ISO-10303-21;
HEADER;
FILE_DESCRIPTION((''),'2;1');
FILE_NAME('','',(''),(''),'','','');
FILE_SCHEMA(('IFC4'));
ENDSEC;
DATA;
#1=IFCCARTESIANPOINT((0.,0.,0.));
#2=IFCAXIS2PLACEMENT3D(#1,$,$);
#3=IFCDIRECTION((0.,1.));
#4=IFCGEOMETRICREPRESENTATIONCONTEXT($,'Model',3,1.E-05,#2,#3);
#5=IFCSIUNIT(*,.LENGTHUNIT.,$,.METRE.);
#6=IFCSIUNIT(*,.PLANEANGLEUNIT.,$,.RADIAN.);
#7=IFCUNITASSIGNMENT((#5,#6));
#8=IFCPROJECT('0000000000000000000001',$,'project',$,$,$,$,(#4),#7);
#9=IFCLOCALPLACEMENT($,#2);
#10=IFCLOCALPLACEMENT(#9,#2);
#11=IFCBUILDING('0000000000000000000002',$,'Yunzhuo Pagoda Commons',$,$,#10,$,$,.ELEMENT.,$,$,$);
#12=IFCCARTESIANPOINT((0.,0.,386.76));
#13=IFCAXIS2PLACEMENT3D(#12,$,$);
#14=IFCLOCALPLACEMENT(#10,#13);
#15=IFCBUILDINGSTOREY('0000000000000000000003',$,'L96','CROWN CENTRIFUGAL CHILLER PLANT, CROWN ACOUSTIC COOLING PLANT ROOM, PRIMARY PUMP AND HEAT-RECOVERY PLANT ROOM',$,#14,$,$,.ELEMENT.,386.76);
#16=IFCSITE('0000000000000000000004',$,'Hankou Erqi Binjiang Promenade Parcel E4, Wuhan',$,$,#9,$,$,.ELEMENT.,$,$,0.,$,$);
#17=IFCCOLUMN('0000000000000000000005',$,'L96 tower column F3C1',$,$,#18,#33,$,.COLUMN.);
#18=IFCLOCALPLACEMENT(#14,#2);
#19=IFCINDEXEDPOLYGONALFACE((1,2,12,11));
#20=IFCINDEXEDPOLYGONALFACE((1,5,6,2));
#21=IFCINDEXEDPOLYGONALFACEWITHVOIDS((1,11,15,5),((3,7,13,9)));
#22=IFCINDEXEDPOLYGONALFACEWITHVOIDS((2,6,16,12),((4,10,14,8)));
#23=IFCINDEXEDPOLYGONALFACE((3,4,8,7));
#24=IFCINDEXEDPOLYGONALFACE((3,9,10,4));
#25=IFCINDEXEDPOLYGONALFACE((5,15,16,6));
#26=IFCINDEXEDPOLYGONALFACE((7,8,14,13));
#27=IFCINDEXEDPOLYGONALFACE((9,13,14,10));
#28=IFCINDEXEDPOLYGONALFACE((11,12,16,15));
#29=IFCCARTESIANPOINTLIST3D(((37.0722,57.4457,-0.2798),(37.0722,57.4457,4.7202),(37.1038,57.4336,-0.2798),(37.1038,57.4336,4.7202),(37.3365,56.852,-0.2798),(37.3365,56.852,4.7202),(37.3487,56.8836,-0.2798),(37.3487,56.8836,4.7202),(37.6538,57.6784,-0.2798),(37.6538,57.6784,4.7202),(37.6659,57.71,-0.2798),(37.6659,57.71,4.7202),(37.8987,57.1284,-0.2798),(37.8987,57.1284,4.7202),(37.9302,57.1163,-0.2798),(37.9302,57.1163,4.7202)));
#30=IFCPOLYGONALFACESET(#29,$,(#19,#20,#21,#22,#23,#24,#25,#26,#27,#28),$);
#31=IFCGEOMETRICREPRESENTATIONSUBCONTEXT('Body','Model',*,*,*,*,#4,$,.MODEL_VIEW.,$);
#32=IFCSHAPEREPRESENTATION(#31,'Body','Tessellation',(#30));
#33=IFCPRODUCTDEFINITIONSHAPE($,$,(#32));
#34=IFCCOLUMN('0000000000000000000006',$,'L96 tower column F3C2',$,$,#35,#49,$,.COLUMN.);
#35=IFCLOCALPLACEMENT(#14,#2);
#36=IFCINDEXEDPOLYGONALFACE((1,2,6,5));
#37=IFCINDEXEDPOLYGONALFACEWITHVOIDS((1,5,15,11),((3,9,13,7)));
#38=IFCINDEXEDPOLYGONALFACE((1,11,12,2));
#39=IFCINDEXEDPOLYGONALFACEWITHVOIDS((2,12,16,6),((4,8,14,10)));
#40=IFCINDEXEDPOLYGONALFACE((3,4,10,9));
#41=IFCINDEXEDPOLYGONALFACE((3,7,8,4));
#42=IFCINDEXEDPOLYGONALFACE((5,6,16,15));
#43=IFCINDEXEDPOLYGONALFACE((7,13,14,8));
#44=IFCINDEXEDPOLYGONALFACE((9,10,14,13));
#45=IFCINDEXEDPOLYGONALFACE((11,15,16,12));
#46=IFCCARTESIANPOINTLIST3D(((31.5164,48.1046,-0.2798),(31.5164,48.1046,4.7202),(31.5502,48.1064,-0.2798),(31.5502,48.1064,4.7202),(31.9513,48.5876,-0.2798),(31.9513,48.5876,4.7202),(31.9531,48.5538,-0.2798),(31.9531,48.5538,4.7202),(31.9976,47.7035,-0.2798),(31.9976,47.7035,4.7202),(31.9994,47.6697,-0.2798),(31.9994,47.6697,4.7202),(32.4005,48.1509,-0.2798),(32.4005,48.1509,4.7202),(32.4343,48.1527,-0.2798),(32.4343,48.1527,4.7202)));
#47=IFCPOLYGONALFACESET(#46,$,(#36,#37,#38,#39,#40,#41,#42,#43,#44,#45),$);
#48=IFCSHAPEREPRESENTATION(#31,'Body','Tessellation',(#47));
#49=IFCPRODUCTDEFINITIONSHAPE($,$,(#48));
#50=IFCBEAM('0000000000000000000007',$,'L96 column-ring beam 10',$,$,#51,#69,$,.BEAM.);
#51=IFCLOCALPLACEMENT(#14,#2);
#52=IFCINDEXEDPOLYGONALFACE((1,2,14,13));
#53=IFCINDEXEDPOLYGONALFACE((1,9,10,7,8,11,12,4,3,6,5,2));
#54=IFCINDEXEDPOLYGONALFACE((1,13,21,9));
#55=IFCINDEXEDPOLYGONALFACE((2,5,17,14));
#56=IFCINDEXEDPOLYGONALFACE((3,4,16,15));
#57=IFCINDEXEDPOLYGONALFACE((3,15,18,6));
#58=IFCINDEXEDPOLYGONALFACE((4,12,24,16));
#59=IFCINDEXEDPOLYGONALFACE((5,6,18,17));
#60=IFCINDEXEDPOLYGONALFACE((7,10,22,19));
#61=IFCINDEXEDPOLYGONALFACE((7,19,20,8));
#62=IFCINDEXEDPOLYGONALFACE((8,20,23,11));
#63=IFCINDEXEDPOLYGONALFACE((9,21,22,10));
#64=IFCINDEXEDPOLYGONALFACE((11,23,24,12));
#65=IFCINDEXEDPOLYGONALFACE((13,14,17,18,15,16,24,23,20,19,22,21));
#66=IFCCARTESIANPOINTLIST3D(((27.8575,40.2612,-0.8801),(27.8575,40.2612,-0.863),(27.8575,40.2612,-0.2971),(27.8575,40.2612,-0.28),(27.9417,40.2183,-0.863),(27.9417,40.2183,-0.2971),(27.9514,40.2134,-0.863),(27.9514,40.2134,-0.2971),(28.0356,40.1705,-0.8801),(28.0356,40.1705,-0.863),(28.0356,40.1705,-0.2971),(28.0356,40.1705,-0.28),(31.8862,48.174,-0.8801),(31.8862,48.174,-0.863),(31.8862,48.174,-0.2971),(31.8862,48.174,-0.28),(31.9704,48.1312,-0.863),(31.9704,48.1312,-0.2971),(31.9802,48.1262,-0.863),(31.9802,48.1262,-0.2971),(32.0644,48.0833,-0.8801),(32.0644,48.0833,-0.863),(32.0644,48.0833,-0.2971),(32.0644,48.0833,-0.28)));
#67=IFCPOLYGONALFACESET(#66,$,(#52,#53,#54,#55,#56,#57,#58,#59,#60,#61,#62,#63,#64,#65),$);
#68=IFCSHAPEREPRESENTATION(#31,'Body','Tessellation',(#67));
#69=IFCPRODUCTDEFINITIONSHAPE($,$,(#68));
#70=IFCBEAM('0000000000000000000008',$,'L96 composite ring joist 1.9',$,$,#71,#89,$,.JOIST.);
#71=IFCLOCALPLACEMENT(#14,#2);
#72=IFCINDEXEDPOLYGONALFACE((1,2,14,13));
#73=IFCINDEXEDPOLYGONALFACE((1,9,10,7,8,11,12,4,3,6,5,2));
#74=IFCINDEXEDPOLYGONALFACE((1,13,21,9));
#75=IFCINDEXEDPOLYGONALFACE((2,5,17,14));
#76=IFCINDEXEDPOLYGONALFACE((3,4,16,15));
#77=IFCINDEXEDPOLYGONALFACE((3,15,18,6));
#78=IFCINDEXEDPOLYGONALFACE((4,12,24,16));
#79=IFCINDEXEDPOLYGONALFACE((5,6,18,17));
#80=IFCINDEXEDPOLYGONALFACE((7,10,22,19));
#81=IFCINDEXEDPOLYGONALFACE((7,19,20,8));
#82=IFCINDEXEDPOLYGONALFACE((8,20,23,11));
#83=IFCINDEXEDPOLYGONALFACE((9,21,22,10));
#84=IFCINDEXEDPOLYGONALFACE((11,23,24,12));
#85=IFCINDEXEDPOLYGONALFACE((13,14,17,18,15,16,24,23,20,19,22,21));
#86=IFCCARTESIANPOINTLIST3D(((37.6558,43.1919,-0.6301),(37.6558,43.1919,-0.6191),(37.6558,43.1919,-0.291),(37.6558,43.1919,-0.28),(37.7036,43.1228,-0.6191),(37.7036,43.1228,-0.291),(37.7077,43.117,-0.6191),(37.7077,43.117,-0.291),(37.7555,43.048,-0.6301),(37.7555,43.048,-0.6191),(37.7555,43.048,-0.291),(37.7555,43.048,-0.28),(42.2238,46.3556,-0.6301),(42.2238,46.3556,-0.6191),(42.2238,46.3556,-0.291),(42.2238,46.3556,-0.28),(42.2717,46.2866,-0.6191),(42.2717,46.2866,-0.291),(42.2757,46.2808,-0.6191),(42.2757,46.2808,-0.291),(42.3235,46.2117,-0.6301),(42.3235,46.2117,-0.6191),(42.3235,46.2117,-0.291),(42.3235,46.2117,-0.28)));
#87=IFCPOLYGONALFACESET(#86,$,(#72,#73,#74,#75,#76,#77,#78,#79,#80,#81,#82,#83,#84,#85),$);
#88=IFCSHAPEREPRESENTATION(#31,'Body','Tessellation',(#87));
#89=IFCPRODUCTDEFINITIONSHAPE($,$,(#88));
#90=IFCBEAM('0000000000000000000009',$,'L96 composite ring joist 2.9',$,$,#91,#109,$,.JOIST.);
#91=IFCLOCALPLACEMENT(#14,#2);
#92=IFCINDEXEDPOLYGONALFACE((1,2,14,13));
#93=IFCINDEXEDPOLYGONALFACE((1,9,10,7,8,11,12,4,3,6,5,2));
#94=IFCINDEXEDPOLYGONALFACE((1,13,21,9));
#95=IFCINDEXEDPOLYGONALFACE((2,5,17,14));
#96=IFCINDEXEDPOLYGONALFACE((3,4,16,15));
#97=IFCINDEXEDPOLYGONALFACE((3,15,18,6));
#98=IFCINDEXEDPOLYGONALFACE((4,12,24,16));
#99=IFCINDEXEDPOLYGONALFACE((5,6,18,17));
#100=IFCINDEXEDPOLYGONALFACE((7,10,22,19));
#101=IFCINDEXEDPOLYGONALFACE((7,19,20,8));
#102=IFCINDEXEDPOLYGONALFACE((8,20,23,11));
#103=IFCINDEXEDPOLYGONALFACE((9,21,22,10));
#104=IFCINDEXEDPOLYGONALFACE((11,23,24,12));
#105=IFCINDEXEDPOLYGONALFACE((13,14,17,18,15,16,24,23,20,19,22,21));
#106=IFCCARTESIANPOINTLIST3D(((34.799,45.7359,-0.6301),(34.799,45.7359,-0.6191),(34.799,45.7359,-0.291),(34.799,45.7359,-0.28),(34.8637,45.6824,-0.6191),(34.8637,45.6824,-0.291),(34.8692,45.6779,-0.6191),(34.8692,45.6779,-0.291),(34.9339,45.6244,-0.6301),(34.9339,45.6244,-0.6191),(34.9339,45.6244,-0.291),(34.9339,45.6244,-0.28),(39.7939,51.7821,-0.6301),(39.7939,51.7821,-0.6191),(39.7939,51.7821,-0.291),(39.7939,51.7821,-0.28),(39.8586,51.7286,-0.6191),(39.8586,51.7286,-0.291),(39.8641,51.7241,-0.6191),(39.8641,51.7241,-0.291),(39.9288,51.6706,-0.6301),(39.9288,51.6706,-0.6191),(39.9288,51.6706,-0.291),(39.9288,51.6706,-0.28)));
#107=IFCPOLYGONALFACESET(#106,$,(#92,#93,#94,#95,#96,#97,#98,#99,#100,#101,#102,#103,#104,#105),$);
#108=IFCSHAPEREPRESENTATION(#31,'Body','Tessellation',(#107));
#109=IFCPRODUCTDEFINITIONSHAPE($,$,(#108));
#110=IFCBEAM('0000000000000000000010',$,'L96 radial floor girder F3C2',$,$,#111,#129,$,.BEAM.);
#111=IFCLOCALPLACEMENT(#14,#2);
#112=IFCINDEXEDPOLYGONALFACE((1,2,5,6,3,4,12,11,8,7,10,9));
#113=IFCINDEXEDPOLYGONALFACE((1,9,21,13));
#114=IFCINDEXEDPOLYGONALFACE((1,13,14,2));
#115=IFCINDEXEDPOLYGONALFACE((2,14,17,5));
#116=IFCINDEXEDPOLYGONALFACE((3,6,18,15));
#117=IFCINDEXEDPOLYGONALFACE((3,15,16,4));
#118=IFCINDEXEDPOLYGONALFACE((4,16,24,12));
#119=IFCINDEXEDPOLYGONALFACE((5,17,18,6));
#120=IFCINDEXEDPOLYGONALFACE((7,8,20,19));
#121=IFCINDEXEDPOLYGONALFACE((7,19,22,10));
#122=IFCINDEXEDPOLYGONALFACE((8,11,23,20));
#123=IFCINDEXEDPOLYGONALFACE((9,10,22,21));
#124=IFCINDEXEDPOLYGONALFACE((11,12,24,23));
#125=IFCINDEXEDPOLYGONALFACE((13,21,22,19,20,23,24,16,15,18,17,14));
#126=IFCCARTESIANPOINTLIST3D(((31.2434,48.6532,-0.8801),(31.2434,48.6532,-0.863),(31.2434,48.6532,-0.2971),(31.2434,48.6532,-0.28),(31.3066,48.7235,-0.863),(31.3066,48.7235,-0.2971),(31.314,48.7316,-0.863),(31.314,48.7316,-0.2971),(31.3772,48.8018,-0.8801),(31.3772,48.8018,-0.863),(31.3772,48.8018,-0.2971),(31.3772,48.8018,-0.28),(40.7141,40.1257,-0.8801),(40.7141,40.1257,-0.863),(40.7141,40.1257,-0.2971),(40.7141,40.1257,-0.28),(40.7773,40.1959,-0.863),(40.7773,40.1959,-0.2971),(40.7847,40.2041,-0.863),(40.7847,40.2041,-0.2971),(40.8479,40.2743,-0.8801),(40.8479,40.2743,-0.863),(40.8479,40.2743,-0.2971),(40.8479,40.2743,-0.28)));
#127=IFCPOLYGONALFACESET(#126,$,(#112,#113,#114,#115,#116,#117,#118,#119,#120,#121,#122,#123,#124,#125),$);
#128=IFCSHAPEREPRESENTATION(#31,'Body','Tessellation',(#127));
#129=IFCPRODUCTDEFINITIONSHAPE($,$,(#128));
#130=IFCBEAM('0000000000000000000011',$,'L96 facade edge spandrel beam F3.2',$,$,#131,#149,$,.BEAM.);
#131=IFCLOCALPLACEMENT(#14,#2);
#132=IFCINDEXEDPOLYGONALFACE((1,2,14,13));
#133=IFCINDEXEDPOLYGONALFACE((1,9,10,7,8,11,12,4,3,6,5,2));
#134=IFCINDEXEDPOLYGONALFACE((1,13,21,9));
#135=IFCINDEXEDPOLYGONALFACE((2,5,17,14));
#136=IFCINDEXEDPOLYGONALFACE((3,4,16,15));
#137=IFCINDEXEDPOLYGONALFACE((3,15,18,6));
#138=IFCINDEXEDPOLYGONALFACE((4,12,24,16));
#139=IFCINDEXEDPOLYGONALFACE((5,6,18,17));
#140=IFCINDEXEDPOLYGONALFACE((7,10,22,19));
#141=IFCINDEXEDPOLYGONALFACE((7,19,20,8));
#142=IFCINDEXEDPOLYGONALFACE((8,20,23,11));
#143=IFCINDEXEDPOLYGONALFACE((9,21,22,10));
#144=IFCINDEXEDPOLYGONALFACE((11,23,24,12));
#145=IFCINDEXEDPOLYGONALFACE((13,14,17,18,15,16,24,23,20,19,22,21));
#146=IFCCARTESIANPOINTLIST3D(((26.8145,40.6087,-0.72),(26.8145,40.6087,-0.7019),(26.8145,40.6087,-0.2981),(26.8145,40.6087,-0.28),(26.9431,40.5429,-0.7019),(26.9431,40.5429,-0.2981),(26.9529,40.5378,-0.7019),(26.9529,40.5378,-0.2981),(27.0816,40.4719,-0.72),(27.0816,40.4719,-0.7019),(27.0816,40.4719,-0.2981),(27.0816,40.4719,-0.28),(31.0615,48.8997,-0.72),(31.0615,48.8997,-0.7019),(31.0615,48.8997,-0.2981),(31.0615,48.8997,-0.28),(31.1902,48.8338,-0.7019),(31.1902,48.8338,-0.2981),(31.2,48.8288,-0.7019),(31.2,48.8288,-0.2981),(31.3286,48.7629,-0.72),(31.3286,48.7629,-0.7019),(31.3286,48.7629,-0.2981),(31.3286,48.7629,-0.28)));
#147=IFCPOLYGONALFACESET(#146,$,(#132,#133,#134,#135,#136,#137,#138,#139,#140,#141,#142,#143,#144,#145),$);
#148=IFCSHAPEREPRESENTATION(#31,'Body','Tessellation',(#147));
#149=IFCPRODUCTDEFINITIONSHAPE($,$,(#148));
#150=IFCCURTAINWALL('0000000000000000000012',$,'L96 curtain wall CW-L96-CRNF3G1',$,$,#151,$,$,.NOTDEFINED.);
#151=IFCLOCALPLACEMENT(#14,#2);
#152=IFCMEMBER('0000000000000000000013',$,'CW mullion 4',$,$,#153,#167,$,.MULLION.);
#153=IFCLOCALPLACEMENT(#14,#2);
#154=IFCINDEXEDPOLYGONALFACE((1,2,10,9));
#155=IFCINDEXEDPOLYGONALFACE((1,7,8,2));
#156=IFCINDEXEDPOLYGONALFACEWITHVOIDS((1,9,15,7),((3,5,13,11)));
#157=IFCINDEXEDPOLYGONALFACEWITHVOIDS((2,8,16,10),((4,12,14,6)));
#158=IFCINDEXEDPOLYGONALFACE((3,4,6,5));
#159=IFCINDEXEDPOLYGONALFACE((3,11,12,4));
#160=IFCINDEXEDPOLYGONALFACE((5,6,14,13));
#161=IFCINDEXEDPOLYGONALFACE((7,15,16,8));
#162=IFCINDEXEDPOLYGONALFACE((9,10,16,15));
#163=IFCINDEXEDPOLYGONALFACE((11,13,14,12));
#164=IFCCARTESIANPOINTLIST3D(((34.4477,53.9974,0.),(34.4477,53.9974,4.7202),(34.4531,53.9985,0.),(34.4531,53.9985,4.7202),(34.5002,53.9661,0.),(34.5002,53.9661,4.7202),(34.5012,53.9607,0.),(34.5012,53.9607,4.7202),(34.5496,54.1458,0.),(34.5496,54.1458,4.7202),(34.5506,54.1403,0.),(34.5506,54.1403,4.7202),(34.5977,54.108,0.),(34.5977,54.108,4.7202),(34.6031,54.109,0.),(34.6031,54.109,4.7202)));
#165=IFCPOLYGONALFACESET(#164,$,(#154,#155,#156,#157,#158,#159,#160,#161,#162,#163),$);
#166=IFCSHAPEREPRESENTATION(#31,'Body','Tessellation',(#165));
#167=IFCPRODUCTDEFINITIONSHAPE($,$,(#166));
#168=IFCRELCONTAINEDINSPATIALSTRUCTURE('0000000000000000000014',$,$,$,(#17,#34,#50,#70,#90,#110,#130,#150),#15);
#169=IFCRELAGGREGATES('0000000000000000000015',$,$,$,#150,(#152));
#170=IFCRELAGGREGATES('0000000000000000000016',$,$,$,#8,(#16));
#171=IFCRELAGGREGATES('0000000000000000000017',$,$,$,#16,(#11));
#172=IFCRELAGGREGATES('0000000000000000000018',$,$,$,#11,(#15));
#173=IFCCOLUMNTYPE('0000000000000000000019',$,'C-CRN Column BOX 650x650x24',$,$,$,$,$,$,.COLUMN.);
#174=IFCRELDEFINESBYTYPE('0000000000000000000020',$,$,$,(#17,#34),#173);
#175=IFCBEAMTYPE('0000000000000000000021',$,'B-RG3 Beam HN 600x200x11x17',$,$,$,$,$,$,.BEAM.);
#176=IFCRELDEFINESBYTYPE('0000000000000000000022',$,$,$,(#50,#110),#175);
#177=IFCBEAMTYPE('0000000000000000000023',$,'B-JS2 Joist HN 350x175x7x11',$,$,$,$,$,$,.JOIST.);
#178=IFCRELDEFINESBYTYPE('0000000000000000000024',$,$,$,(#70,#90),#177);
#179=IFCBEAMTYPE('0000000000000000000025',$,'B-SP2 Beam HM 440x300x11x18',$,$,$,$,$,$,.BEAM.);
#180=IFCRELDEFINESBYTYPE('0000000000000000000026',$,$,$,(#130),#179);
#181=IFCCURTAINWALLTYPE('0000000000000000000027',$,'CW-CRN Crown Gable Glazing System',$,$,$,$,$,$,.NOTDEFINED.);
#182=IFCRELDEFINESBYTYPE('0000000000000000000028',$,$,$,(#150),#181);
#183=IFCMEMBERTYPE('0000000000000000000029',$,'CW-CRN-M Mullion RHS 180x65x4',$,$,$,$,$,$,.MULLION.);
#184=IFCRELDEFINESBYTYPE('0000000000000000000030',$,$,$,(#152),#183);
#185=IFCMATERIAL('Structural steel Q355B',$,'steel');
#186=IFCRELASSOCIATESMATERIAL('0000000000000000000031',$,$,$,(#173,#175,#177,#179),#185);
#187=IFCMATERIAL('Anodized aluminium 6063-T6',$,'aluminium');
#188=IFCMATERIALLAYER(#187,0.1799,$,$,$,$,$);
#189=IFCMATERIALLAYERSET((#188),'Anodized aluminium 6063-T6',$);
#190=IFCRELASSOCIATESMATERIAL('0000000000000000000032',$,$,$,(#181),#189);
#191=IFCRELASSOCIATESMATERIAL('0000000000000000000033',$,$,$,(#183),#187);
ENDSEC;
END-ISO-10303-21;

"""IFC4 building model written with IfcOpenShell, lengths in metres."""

from ifc_helpers import new_model, si_unit, direction, frame, origin, origin_2d, place, context, subcontext, project, spatial, hollow_rectangle, i_section, extrude, source, transform, mapped, material, layer, layer_set, material_profile, profile_set, type_object, element, aggregate, save


model = new_model("IFC4")

# Units and contexts
model_context = context("Model", 3, precision=1e-05, world=origin(), true_north=direction((0.0, 1.0)))
body_context = subcontext(model_context, "Body", "Model", "MODEL_VIEW")
ifc_project = project(units=[si_unit("LENGTHUNIT", "METRE"), si_unit("PLANEANGLEUNIT", "RADIAN")], contexts=[model_context])

# Site, building, storey
site_placement = place(None, origin())
site = spatial("IfcSite", under=ifc_project, at=site_placement, Name="Hankou Erqi Binjiang Promenade Parcel E4, Wuhan", CompositionType="ELEMENT", RefElevation=0.0)
building_placement = place(site_placement, origin())
building = spatial("IfcBuilding", under=site, at=building_placement, Name="Yunzhuo Pagoda Commons", CompositionType="ELEMENT")
storey_placement = place(building_placement, frame((0.0, 0.0, 386.76)))
storey = spatial("IfcBuildingStorey", under=building, at=storey_placement, Name="L96", Description="CROWN CENTRIFUGAL CHILLER PLANT, CROWN ACOUSTIC COOLING PLANT ROOM, PRIMARY PUMP AND HEAT-RECOVERY PLANT ROOM", CompositionType="ELEMENT", Elevation=386.76)

# Columns
ifc_material_1 = material(Name="Structural steel Q355B", Category="steel")
ifc_material_profile_1 = material_profile(ifc_material_1, hollow_rectangle(XDim=0.6499, YDim=0.6499, WallThickness=0.0239, at=origin_2d()), Name="Structural steel Q355B")
ifc_profile_set_1 = profile_set([ifc_material_profile_1], Name="Structural steel Q355B")
column_type = type_object("IfcColumnType", Name="C-CRN Column BOX 650x650x24", PredefinedType="COLUMN", material=ifc_profile_set_1)
shared_shape_1 = source(origin(), body_context, "Body", "SweptSolid", [
    extrude(hollow_rectangle(XDim=0.6499, YDim=0.6499, WallThickness=0.0239, at=origin_2d()), origin(), (0.0, 0.0, 1.0), 5.0),
])
for number, where, z_axis, x_axis, name in (
    (1, (37.5012, 57.281, -0.2798), (0.0, 0.0, 1.0), (-0.913545, -0.406737, 0.0), "L96 tower column F3C1"),
    (2, (31.9753, 48.1287, -0.2798), (0.0, 0.0, 1.0), (-0.669131, -0.743145, 0.0), "L96 tower column F3C2"),
):
    element("IfcColumn", number, at=place(storey_placement, frame(where, z_axis=z_axis, x_axis=x_axis)), inside=storey, type_object=column_type, Name=name, PredefinedType="COLUMN", context=body_context, shape_type="MappedRepresentation", body=[
        mapped(shared_shape_1, transform((0.0, 0.0, 0.0), scale=1.0)),
    ])

# Beams
ifc_material_profile_2 = material_profile(ifc_material_1, i_section(OverallWidth=0.2, OverallDepth=0.6001, WebThickness=0.011, FlangeThickness=0.0171, at=origin_2d()), Name="Structural steel Q355B")
ifc_profile_set_2 = profile_set([ifc_material_profile_2], Name="Structural steel Q355B")
beam_type_1 = type_object("IfcBeamType", Name="B-RG3 Beam HN 600x200x11x17", PredefinedType="BEAM", material=ifc_profile_set_2)
shared_shape_2 = source(origin(), body_context, "Body", "SweptSolid", [
    extrude(i_section(OverallWidth=0.2, OverallDepth=0.6001, WebThickness=0.011, FlangeThickness=0.0171, at=origin_2d()), origin(), (0.0, 0.0, 1.0), 8.8794),
])
beam_1_placement = place(storey_placement, frame((31.9753, 48.1287, -0.5801), z_axis=(-0.453724, -0.891142, 0.0), x_axis=(0.891142, -0.453724, 0.0)))
element("IfcBeam", 3, at=beam_1_placement, inside=storey, type_object=beam_type_1, Name="L96 column-ring beam 10", PredefinedType="BEAM", context=body_context, shape_type="MappedRepresentation", body=[
    mapped(shared_shape_2, transform((0.0, 0.0, 0.0), scale=1.0)),
])
ifc_material_profile_3 = material_profile(ifc_material_1, i_section(OverallWidth=0.175, OverallDepth=0.3501, WebThickness=0.0071, FlangeThickness=0.011, at=origin_2d()), Name="Structural steel Q355B")
ifc_profile_set_3 = profile_set([ifc_material_profile_3], Name="Structural steel Q355B")
beam_type_2 = type_object("IfcBeamType", Name="B-JS2 Joist HN 350x175x7x11", PredefinedType="JOIST", material=ifc_profile_set_3)
shared_shape_3 = source(origin(), body_context, "Body", "SweptSolid", [
    extrude(i_section(OverallWidth=0.175, OverallDepth=0.3501, WebThickness=0.0071, FlangeThickness=0.011, at=origin_2d()), origin(), (0.0, 0.0, 1.0), 5.5566),
])
beam_2_placement = place(storey_placement, frame((42.2737, 46.2837, -0.4551), z_axis=(-0.822085, -0.569365, 0.0), x_axis=(0.569365, -0.822085, 0.0)))
element("IfcBeam", 4, at=beam_2_placement, inside=storey, type_object=beam_type_2, Name="L96 composite ring joist 1.9", PredefinedType="JOIST", context=body_context, shape_type="MappedRepresentation", body=[
    mapped(shared_shape_3, transform((0.0, 0.0, 0.0), scale=1.0)),
])
shared_shape_4 = source(origin(), body_context, "Body", "SweptSolid", [
    extrude(i_section(OverallWidth=0.175, OverallDepth=0.3501, WebThickness=0.0071, FlangeThickness=0.011, at=origin_2d()), origin(), (0.0, 0.0, 1.0), 7.8425),
])
beam_3_placement = place(storey_placement, frame((39.8613, 51.7263, -0.4551), z_axis=(-0.636899, -0.770947, 0.0), x_axis=(0.770947, -0.636899, 0.0)))
element("IfcBeam", 5, at=beam_3_placement, inside=storey, type_object=beam_type_2, Name="L96 composite ring joist 2.9", PredefinedType="JOIST", context=body_context, shape_type="MappedRepresentation", body=[
    mapped(shared_shape_4, transform((0.0, 0.0, 0.0), scale=1.0)),
])
shared_shape_5 = source(origin(), body_context, "Body", "SweptSolid", [
    extrude(i_section(OverallWidth=0.2, OverallDepth=0.6001, WebThickness=0.011, FlangeThickness=0.0171, at=origin_2d()), origin(), (0.0, 0.0, 1.0), 12.7441),
])
beam_4_placement = place(storey_placement, frame((31.3103, 48.7275, -0.5801), z_axis=(0.74314, -0.669136, 0.0), x_axis=(0.669136, 0.74314, 0.0)))
element("IfcBeam", 6, at=beam_4_placement, inside=storey, type_object=beam_type_1, Name="L96 radial floor girder F3C2", PredefinedType="BEAM", context=body_context, shape_type="MappedRepresentation", body=[
    mapped(shared_shape_5, transform((0.0, 0.0, 0.0), scale=1.0)),
])
ifc_material_profile_4 = material_profile(ifc_material_1, i_section(OverallWidth=0.3, OverallDepth=0.4399, WebThickness=0.011, FlangeThickness=0.0181, at=origin_2d()), Name="Structural steel Q355B")
ifc_profile_set_4 = profile_set([ifc_material_profile_4], Name="Structural steel Q355B")
beam_type_3 = type_object("IfcBeamType", Name="B-SP2 Beam HM 440x300x11x18", PredefinedType="BEAM", material=ifc_profile_set_4)
shared_shape_6 = source(origin(), body_context, "Body", "SweptSolid", [
    extrude(i_section(OverallWidth=0.3, OverallDepth=0.4399, WebThickness=0.011, FlangeThickness=0.0181, at=origin_2d()), origin(), (0.0, 0.0, 1.0), 9.3154),
])
beam_5_placement = place(storey_placement, frame((31.1951, 48.8313, -0.5), z_axis=(-0.455914, -0.890024, 0.0), x_axis=(0.890024, -0.455914, 0.0)))
element("IfcBeam", 7, at=beam_5_placement, inside=storey, type_object=beam_type_3, Name="L96 facade edge spandrel beam F3.2", PredefinedType="BEAM", context=body_context, shape_type="MappedRepresentation", body=[
    mapped(shared_shape_6, transform((0.0, 0.0, 0.0), scale=1.0)),
])

# Curtain wall, member
ifc_material_2 = material(Name="Anodized aluminium 6063-T6", Category="aluminium")
ifc_layer_1 = layer(ifc_material_2, 0.1799)
ifc_layer_set_1 = layer_set([ifc_layer_1], Name="Anodized aluminium 6063-T6")
curtain_wall_type = type_object("IfcCurtainWallType", Name="CW-CRN Crown Gable Glazing System", PredefinedType="NOTDEFINED", material=ifc_layer_set_1)
curtain_wall_1_placement = place(storey_placement, origin())
curtain_wall_1 = element("IfcCurtainWall", 8, at=curtain_wall_1_placement, inside=storey, type_object=curtain_wall_type, Name="L96 curtain wall CW-L96-CRNF3G1", PredefinedType="NOTDEFINED")
ifc_material_profile_5 = material_profile(ifc_material_2, hollow_rectangle(XDim=0.0649, YDim=0.1799, WallThickness=0.0039, at=origin_2d()), Name="Anodized aluminium 6063-T6")
ifc_profile_set_5 = profile_set([ifc_material_profile_5], Name="Anodized aluminium 6063-T6")
member_type_1 = type_object("IfcMemberType", Name="CW-CRN-M Mullion RHS 180x65x4", PredefinedType="MULLION", material=ifc_profile_set_5)
shared_shape_7 = source(origin(), body_context, "Body", "SweptSolid", [
    extrude(hollow_rectangle(XDim=0.0649, YDim=0.1799, WallThickness=0.0039, at=origin_2d()), origin(), (0.0, 0.0, 1.0), 4.7202),
])
member_1_placement = place(storey_placement, frame((34.5254, 54.0532, 0.0), z_axis=(0.0, 0.0, 1.0), x_axis=(0.824296, -0.566159, 0.0)))
member_1 = element("IfcMember", 9, at=member_1_placement, type_object=member_type_1, Name="CW mullion 4", PredefinedType="MULLION", context=body_context, shape_type="MappedRepresentation", body=[
    mapped(shared_shape_7, transform((0.0, 0.0, 0.0), scale=1.0)),
])

aggregate(curtain_wall_1, [member_1])

save(model, "model.ifc")
